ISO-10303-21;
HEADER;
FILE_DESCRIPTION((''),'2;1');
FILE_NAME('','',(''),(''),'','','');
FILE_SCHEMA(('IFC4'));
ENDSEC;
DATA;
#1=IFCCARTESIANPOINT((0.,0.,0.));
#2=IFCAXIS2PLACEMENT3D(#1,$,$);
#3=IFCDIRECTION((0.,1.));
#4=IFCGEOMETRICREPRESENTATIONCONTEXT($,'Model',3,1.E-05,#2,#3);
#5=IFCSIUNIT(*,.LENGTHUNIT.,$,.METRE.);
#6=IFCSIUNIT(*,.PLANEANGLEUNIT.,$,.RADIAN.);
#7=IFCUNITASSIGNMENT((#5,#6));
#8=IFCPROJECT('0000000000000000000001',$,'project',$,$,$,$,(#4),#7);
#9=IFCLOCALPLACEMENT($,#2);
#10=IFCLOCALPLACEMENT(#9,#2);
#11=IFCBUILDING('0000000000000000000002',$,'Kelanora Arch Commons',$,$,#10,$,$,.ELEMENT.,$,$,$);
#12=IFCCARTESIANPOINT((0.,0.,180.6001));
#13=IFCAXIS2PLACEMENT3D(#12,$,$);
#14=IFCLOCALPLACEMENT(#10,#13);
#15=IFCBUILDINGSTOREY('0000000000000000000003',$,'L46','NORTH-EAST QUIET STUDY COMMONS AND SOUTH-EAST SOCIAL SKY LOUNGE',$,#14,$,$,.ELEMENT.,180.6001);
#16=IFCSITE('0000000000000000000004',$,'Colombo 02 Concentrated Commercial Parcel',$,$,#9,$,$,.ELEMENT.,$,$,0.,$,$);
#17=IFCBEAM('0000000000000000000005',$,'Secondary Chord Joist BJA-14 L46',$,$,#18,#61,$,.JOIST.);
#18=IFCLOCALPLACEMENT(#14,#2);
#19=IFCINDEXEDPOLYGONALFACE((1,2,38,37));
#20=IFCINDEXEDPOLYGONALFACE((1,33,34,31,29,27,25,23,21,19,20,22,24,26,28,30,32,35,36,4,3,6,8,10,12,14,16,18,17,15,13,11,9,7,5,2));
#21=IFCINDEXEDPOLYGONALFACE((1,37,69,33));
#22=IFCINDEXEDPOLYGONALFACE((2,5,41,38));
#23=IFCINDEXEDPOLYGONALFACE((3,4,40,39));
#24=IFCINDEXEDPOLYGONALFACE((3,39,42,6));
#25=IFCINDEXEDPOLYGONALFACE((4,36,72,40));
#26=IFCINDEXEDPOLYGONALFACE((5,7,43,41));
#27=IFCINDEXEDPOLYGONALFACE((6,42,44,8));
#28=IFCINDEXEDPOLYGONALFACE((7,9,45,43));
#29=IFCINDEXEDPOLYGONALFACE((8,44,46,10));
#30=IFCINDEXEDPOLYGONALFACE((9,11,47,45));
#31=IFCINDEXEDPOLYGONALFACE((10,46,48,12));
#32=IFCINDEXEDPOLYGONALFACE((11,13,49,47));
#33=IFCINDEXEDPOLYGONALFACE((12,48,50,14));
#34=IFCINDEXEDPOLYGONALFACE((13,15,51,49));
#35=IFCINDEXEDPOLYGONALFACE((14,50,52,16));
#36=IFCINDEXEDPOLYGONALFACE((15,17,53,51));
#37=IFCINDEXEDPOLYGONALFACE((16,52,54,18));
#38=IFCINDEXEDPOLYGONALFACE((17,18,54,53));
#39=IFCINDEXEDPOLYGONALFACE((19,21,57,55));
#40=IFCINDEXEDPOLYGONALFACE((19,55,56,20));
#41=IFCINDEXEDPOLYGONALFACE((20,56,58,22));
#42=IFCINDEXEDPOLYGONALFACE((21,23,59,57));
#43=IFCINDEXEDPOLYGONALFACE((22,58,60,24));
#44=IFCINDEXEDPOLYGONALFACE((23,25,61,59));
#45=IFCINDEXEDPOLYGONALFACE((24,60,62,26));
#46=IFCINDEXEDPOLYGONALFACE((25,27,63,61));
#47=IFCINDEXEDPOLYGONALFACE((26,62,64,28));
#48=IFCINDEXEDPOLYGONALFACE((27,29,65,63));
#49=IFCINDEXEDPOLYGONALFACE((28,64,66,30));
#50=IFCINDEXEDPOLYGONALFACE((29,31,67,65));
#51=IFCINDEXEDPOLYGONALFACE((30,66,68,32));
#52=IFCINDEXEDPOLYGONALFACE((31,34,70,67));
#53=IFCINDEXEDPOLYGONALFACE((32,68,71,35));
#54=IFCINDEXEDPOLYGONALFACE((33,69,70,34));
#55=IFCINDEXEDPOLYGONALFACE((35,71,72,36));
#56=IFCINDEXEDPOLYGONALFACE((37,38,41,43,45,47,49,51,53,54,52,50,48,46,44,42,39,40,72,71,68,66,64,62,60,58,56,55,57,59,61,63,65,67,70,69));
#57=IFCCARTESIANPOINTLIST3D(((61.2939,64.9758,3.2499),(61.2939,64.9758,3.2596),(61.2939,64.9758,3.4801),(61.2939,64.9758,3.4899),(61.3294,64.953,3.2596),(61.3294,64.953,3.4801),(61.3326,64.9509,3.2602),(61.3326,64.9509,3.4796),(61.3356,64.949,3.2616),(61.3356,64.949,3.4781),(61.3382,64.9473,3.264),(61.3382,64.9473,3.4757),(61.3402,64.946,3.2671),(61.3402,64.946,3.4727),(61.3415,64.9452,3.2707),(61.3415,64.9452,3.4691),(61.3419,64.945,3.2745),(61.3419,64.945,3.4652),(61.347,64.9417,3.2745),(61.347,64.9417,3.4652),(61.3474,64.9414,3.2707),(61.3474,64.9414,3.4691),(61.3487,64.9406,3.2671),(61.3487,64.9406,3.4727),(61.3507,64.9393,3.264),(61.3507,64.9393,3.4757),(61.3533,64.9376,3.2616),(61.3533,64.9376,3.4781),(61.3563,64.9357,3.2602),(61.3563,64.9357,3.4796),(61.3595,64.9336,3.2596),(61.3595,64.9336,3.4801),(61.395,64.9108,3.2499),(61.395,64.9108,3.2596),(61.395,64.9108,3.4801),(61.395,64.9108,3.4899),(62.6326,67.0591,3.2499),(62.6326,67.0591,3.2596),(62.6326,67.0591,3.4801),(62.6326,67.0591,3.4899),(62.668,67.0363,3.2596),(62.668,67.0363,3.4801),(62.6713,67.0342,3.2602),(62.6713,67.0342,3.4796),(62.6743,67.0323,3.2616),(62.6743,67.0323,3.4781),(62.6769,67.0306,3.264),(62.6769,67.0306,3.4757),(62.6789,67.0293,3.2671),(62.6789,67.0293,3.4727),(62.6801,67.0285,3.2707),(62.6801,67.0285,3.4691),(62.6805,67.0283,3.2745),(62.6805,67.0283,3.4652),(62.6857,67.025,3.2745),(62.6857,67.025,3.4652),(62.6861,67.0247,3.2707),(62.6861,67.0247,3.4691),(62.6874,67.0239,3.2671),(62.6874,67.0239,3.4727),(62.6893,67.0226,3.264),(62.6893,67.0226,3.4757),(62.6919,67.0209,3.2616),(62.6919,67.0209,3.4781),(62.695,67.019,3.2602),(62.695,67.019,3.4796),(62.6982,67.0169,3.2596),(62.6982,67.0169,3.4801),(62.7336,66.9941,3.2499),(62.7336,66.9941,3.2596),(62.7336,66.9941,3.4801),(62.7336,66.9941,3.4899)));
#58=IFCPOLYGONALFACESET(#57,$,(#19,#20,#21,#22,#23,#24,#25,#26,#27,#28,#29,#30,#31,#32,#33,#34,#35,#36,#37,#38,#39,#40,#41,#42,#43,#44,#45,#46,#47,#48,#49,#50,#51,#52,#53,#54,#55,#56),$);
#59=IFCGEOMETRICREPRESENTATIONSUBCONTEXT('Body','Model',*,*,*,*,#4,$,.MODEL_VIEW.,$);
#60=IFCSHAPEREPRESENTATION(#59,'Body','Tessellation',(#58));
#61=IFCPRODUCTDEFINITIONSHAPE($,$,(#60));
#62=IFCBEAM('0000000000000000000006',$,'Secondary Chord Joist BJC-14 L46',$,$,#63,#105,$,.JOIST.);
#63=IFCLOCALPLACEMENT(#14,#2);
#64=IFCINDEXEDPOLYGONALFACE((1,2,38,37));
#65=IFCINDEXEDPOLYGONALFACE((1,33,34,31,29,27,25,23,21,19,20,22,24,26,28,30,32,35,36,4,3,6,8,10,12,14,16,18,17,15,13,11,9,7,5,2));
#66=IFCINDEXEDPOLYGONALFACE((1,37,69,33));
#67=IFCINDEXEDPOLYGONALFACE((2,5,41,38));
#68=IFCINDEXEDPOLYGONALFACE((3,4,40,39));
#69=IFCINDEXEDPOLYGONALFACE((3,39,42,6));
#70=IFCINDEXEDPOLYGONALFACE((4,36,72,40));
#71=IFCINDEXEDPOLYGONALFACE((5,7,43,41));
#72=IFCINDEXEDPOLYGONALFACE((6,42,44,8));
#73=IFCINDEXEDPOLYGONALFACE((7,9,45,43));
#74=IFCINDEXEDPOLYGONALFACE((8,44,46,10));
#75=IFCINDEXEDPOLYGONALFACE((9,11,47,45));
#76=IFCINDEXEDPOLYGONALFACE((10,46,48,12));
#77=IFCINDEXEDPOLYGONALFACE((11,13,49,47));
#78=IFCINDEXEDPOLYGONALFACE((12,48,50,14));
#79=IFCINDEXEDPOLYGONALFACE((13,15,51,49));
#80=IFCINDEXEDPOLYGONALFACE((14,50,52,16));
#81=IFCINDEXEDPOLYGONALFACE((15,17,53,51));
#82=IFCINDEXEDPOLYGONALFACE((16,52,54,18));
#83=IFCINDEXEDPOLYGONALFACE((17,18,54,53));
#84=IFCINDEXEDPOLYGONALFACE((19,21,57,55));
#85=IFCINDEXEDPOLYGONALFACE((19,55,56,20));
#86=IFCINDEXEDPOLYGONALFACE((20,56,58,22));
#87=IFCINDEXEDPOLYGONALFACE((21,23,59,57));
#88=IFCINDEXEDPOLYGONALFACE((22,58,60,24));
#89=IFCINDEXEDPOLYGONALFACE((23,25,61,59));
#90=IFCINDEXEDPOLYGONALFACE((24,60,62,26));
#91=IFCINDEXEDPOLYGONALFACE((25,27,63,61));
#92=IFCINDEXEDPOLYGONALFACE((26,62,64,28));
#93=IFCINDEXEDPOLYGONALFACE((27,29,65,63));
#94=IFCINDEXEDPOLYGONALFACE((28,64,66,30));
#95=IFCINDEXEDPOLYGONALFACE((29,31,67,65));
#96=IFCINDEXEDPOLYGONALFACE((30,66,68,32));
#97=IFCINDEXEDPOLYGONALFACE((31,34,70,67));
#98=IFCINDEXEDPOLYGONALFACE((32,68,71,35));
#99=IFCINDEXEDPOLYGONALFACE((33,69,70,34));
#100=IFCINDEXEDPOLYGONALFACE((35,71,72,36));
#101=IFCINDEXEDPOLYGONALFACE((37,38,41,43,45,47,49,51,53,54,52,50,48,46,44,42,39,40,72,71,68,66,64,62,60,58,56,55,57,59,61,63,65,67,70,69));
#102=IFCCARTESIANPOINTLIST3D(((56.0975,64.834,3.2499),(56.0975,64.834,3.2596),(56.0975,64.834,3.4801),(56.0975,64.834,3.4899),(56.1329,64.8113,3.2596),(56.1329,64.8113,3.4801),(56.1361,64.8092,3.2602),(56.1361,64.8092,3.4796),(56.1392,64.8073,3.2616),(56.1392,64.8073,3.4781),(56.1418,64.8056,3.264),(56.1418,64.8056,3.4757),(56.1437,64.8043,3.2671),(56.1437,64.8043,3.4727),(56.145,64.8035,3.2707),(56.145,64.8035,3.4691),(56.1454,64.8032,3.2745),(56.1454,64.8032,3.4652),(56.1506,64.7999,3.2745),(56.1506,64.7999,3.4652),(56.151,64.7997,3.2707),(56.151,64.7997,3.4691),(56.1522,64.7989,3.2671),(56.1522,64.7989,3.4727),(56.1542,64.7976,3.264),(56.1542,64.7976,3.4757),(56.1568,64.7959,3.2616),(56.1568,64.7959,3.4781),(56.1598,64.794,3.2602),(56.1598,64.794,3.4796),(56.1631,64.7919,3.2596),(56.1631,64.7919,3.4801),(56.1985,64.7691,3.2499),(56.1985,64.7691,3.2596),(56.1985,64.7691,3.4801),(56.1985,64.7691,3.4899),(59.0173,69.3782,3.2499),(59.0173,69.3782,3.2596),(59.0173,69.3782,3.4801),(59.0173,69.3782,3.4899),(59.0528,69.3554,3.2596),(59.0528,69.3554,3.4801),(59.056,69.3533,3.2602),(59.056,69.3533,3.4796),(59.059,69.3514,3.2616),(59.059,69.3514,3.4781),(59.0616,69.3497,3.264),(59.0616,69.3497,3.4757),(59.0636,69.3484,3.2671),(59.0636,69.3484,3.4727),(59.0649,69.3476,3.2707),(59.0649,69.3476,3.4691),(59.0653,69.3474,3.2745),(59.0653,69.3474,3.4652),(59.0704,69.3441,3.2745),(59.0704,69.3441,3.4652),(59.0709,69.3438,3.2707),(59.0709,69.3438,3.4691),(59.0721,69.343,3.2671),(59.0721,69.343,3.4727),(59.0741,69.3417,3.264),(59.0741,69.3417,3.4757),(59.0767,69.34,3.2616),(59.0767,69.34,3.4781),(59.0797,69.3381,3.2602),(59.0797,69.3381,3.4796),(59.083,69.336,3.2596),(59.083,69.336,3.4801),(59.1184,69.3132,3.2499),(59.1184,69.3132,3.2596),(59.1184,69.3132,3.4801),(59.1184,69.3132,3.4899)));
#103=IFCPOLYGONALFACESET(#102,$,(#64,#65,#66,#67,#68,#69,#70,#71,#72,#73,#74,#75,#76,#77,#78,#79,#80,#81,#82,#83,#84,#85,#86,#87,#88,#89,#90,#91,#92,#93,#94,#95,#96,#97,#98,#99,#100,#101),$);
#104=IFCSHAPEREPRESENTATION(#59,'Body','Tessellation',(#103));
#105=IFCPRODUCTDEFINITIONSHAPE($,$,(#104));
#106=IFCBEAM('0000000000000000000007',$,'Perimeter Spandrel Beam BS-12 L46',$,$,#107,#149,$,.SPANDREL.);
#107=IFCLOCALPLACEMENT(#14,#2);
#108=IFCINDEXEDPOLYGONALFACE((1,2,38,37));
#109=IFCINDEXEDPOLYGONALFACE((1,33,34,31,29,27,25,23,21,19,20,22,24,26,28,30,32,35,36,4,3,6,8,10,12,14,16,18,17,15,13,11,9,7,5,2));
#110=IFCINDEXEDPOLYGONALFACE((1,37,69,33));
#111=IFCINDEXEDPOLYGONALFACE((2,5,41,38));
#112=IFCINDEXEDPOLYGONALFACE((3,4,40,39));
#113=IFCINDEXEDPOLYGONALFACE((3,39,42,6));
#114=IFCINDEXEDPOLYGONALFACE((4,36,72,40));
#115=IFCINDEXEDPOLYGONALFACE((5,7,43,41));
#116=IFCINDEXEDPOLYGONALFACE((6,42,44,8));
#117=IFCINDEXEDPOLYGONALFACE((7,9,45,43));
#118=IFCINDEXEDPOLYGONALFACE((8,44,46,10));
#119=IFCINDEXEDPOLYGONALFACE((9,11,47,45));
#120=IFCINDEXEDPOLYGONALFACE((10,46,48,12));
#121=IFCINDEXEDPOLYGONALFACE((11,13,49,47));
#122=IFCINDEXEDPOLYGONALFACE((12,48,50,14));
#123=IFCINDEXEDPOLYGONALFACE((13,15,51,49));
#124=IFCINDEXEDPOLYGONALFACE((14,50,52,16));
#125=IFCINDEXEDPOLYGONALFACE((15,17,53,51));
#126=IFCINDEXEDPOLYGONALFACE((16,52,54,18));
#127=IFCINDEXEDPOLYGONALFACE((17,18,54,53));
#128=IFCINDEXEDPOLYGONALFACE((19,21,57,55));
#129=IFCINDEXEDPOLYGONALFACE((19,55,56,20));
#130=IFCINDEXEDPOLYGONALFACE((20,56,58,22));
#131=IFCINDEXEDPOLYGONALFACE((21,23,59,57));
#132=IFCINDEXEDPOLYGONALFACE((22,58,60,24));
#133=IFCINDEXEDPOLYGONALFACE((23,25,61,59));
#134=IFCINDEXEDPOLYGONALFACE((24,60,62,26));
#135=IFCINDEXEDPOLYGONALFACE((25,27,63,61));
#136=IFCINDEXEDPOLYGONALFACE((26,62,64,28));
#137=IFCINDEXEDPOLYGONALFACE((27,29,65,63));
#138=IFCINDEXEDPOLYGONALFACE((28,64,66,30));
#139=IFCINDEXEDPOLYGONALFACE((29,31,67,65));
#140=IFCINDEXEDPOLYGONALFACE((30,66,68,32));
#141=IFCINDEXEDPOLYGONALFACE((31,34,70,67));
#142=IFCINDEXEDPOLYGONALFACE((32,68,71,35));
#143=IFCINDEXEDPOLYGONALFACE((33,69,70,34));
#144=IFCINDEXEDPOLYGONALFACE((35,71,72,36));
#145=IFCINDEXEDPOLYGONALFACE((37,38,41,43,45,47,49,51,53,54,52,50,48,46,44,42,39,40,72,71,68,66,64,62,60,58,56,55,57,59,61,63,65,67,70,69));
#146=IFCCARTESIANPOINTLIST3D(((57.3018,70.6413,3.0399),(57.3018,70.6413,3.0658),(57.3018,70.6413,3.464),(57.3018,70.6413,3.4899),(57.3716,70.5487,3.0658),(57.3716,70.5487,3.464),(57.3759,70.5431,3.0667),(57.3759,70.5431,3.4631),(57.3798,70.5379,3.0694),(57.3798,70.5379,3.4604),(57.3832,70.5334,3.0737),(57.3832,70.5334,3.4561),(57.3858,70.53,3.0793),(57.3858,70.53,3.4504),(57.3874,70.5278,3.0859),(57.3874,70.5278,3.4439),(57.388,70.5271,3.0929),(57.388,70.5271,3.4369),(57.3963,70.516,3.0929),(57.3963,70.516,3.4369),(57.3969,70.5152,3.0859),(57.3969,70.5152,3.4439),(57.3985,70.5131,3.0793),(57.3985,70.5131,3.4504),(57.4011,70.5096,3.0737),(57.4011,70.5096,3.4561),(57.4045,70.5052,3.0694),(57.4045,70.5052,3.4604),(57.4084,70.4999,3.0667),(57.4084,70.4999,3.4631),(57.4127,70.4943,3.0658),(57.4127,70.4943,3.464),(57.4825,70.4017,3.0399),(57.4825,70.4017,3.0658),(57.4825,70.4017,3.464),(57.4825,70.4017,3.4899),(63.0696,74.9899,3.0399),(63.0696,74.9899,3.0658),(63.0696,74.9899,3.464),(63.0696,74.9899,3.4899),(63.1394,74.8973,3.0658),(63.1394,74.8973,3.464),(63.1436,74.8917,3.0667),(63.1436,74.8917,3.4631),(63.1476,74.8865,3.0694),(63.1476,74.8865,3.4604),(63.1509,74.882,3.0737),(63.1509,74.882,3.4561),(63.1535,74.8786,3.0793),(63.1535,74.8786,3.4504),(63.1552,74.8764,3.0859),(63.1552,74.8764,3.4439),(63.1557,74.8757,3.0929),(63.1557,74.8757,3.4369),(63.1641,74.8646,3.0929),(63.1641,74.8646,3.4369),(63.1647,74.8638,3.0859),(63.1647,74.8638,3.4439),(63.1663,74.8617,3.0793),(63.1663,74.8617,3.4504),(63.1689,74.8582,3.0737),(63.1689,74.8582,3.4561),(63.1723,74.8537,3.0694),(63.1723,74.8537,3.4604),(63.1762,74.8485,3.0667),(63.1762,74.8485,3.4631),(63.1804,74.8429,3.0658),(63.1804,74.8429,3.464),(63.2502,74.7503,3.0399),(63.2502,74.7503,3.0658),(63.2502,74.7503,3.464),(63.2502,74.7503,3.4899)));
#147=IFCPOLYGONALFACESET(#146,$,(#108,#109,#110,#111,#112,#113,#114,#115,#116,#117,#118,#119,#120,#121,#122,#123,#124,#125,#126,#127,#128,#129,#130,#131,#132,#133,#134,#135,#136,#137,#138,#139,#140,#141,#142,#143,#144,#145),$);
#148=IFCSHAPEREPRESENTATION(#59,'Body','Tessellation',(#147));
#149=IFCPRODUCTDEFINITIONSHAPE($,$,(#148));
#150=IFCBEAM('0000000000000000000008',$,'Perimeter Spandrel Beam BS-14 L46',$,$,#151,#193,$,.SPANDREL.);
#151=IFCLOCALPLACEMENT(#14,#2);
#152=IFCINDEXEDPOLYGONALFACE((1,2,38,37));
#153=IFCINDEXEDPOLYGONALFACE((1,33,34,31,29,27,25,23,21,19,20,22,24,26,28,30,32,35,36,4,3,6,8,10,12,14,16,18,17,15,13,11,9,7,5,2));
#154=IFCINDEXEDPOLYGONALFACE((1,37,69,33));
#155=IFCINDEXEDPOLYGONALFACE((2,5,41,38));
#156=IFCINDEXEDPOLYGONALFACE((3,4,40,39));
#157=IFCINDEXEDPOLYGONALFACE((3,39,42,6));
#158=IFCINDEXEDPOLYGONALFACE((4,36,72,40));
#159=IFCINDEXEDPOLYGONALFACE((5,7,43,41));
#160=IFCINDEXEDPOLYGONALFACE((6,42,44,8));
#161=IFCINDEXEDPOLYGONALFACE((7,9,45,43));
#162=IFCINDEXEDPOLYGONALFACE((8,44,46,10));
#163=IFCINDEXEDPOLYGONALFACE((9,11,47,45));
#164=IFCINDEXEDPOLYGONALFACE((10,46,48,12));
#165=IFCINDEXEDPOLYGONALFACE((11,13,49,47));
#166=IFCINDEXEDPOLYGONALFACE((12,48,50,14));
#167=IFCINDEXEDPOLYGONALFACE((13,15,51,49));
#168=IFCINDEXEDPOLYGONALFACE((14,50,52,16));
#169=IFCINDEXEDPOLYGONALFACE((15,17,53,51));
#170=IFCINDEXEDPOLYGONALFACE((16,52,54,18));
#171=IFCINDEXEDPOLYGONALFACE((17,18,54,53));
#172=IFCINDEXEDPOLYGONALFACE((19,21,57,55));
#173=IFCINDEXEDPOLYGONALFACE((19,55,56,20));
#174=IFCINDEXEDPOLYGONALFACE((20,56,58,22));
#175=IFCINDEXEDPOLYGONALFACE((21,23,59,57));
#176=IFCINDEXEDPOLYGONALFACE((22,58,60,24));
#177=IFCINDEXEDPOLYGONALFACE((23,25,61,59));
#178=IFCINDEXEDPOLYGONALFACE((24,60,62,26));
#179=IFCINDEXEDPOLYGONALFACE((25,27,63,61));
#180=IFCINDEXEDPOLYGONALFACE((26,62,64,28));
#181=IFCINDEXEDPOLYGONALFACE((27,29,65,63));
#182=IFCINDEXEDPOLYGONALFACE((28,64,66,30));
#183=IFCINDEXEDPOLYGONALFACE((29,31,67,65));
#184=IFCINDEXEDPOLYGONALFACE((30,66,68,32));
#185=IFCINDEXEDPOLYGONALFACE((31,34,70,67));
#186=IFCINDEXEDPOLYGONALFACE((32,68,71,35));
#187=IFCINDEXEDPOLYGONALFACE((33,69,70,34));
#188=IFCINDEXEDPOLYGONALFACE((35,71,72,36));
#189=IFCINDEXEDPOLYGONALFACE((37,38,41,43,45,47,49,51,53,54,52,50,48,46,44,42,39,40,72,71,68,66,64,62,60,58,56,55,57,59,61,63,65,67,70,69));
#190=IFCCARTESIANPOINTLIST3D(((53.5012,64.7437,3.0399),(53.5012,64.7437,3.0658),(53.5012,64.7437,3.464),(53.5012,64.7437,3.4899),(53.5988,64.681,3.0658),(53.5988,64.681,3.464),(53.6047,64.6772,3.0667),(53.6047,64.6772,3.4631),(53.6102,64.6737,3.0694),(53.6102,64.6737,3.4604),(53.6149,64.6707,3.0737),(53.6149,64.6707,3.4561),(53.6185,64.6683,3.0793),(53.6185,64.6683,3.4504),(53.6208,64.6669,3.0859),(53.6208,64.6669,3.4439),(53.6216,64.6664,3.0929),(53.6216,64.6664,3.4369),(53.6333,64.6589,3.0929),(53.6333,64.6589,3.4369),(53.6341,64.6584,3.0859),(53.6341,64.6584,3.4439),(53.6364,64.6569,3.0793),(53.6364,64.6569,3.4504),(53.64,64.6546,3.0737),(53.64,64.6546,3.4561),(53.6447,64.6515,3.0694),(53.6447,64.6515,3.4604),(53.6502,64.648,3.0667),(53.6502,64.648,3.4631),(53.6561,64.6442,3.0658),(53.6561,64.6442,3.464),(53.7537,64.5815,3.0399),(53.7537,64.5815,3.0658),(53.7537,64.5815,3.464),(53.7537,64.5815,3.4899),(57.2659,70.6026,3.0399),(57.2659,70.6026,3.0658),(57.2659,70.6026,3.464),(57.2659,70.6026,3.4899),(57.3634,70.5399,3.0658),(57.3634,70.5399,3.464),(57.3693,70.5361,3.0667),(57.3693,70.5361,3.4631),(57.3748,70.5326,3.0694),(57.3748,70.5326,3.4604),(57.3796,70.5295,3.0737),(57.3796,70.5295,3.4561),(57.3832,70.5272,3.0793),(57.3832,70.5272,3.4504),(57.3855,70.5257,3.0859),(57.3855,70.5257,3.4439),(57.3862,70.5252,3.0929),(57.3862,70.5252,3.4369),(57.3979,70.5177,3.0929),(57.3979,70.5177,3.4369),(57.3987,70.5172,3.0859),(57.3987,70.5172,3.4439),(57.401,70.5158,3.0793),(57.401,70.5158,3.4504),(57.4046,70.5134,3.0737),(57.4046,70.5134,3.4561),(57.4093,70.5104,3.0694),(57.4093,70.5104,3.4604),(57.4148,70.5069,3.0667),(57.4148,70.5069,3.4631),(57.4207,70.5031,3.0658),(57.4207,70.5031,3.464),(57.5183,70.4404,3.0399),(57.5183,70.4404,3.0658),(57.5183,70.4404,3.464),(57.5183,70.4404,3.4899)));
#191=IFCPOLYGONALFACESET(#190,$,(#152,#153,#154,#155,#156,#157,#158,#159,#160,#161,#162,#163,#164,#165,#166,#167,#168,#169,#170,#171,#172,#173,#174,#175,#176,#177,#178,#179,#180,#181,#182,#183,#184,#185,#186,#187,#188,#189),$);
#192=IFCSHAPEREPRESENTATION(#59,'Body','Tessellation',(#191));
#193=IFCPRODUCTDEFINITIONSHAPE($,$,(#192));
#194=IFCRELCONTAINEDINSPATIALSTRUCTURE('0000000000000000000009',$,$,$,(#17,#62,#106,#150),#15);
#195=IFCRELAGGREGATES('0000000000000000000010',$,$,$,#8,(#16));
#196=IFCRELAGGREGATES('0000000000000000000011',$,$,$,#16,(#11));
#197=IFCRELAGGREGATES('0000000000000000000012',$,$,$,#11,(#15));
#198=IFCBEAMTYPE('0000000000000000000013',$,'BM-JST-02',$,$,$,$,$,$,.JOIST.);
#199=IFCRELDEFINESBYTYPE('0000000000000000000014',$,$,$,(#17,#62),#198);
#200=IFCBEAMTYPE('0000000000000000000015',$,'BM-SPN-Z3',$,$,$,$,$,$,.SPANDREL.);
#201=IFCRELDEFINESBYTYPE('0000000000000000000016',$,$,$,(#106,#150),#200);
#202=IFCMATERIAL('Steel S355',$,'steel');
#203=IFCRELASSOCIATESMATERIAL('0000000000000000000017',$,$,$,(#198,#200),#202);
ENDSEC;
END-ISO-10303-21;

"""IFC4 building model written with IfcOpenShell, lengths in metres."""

from ifc_helpers import new_model, si_unit, direction, frame, origin, origin_2d, place, context, subcontext, project, spatial, i_section, extrude, material, material_profile, profile_set, type_object, element, save


model = new_model("IFC4")

# Units and contexts
model_context = context("Model", 3, precision=1e-05, world=origin(), true_north=direction((0.0, 1.0)))
body_context = subcontext(model_context, "Body", "Model", "MODEL_VIEW")
ifc_project = project(units=[si_unit("LENGTHUNIT", "METRE"), si_unit("PLANEANGLEUNIT", "RADIAN")], contexts=[model_context])

# Site, building, storey
site_placement = place(None, origin())
site = spatial("IfcSite", under=ifc_project, at=site_placement, Name="Colombo 02 Concentrated Commercial Parcel", CompositionType="ELEMENT", RefElevation=0.0)
building_placement = place(site_placement, origin())
building = spatial("IfcBuilding", under=site, at=building_placement, Name="Kelanora Arch Commons", CompositionType="ELEMENT")
storey_placement = place(building_placement, frame((0.0, 0.0, 180.6001)))
storey = spatial("IfcBuildingStorey", under=building, at=storey_placement, Name="L46", Description="NORTH-EAST QUIET STUDY COMMONS AND SOUTH-EAST SOCIAL SKY LOUNGE", CompositionType="ELEMENT", Elevation=180.6001)

# Beams
ifc_material_1 = material(Name="Steel S355", Category="steel")
ifc_material_profile_1 = material_profile(ifc_material_1, i_section(OverallWidth=0.1201, OverallDepth=0.24, WebThickness=0.0061, FlangeThickness=0.0098, FilletRadius=0.0149, at=origin_2d()), Name="IPE240")
ifc_profile_set_1 = profile_set([ifc_material_profile_1], Name="Steel S355")
beam_type_1 = type_object("IfcBeamType", Name="BM-JST-02", PredefinedType="JOIST", material=ifc_profile_set_1)
beam_1_placement = place(storey_placement, frame((62.6831, 67.0266, 3.3699), z_axis=(-0.540583, -0.841291, 0.0), x_axis=(0.841291, -0.540583, 0.0)))
element("IfcBeam", 1, at=beam_1_placement, inside=storey, type_object=beam_type_1, Name="Secondary Chord Joist BJA-14 L46", PredefinedType="JOIST", context=body_context, shape_type="SweptSolid", body=[
    extrude(i_section(OverallWidth=0.1201, OverallDepth=0.24, WebThickness=0.0061, FlangeThickness=0.0098, FilletRadius=0.0149, at=origin_2d()), origin(), (0.0, 0.0, 1.0), 2.4763),
])
beam_2_placement = place(storey_placement, frame((59.0679, 69.3457, 3.3699), z_axis=(-0.540582, -0.841292, 0.0), x_axis=(0.841292, -0.540582, 0.0)))
element("IfcBeam", 2, at=beam_2_placement, inside=storey, type_object=beam_type_1, Name="Secondary Chord Joist BJC-14 L46", PredefinedType="JOIST", context=body_context, shape_type="SweptSolid", body=[
    extrude(i_section(OverallWidth=0.1201, OverallDepth=0.24, WebThickness=0.0061, FlangeThickness=0.0098, FilletRadius=0.0149, at=origin_2d()), origin(), (0.0, 0.0, 1.0), 5.4014),
])
ifc_material_profile_2 = material_profile(ifc_material_1, i_section(OverallWidth=0.3, OverallDepth=0.45, WebThickness=0.0139, FlangeThickness=0.0259, FilletRadius=0.0271, at=origin_2d()), Name="HEB450")
ifc_profile_set_2 = profile_set([ifc_material_profile_2], Name="Steel S355")
beam_type_2 = type_object("IfcBeamType", Name="BM-SPN-Z3", PredefinedType="SPANDREL", material=ifc_profile_set_2)
beam_3_placement = place(storey_placement, frame((63.1599, 74.8701, 3.2649), z_axis=(-0.798485, -0.602015, 0.0), x_axis=(0.602015, -0.798485, 0.0)))
element("IfcBeam", 3, at=beam_3_placement, inside=storey, type_object=beam_type_2, Name="Perimeter Spandrel Beam BS-12 L46", PredefinedType="SPANDREL", context=body_context, shape_type="SweptSolid", body=[
    extrude(i_section(OverallWidth=0.3, OverallDepth=0.45, WebThickness=0.0139, FlangeThickness=0.0259, FilletRadius=0.0271, at=origin_2d()), origin(), (0.0, 0.0, 1.0), 7.2234),
])
beam_4_placement = place(storey_placement, frame((57.3921, 70.5215, 3.2649), z_axis=(-0.540577, -0.841295, 0.0), x_axis=(0.841295, -0.540577, 0.0)))
element("IfcBeam", 4, at=beam_4_placement, inside=storey, type_object=beam_type_2, Name="Perimeter Spandrel Beam BS-14 L46", PredefinedType="SPANDREL", context=body_context, shape_type="SweptSolid", body=[
    extrude(i_section(OverallWidth=0.3, OverallDepth=0.45, WebThickness=0.0139, FlangeThickness=0.0259, FilletRadius=0.0271, at=origin_2d()), origin(), (0.0, 0.0, 1.0), 6.9641),
])

save(model, "model.ifc")
